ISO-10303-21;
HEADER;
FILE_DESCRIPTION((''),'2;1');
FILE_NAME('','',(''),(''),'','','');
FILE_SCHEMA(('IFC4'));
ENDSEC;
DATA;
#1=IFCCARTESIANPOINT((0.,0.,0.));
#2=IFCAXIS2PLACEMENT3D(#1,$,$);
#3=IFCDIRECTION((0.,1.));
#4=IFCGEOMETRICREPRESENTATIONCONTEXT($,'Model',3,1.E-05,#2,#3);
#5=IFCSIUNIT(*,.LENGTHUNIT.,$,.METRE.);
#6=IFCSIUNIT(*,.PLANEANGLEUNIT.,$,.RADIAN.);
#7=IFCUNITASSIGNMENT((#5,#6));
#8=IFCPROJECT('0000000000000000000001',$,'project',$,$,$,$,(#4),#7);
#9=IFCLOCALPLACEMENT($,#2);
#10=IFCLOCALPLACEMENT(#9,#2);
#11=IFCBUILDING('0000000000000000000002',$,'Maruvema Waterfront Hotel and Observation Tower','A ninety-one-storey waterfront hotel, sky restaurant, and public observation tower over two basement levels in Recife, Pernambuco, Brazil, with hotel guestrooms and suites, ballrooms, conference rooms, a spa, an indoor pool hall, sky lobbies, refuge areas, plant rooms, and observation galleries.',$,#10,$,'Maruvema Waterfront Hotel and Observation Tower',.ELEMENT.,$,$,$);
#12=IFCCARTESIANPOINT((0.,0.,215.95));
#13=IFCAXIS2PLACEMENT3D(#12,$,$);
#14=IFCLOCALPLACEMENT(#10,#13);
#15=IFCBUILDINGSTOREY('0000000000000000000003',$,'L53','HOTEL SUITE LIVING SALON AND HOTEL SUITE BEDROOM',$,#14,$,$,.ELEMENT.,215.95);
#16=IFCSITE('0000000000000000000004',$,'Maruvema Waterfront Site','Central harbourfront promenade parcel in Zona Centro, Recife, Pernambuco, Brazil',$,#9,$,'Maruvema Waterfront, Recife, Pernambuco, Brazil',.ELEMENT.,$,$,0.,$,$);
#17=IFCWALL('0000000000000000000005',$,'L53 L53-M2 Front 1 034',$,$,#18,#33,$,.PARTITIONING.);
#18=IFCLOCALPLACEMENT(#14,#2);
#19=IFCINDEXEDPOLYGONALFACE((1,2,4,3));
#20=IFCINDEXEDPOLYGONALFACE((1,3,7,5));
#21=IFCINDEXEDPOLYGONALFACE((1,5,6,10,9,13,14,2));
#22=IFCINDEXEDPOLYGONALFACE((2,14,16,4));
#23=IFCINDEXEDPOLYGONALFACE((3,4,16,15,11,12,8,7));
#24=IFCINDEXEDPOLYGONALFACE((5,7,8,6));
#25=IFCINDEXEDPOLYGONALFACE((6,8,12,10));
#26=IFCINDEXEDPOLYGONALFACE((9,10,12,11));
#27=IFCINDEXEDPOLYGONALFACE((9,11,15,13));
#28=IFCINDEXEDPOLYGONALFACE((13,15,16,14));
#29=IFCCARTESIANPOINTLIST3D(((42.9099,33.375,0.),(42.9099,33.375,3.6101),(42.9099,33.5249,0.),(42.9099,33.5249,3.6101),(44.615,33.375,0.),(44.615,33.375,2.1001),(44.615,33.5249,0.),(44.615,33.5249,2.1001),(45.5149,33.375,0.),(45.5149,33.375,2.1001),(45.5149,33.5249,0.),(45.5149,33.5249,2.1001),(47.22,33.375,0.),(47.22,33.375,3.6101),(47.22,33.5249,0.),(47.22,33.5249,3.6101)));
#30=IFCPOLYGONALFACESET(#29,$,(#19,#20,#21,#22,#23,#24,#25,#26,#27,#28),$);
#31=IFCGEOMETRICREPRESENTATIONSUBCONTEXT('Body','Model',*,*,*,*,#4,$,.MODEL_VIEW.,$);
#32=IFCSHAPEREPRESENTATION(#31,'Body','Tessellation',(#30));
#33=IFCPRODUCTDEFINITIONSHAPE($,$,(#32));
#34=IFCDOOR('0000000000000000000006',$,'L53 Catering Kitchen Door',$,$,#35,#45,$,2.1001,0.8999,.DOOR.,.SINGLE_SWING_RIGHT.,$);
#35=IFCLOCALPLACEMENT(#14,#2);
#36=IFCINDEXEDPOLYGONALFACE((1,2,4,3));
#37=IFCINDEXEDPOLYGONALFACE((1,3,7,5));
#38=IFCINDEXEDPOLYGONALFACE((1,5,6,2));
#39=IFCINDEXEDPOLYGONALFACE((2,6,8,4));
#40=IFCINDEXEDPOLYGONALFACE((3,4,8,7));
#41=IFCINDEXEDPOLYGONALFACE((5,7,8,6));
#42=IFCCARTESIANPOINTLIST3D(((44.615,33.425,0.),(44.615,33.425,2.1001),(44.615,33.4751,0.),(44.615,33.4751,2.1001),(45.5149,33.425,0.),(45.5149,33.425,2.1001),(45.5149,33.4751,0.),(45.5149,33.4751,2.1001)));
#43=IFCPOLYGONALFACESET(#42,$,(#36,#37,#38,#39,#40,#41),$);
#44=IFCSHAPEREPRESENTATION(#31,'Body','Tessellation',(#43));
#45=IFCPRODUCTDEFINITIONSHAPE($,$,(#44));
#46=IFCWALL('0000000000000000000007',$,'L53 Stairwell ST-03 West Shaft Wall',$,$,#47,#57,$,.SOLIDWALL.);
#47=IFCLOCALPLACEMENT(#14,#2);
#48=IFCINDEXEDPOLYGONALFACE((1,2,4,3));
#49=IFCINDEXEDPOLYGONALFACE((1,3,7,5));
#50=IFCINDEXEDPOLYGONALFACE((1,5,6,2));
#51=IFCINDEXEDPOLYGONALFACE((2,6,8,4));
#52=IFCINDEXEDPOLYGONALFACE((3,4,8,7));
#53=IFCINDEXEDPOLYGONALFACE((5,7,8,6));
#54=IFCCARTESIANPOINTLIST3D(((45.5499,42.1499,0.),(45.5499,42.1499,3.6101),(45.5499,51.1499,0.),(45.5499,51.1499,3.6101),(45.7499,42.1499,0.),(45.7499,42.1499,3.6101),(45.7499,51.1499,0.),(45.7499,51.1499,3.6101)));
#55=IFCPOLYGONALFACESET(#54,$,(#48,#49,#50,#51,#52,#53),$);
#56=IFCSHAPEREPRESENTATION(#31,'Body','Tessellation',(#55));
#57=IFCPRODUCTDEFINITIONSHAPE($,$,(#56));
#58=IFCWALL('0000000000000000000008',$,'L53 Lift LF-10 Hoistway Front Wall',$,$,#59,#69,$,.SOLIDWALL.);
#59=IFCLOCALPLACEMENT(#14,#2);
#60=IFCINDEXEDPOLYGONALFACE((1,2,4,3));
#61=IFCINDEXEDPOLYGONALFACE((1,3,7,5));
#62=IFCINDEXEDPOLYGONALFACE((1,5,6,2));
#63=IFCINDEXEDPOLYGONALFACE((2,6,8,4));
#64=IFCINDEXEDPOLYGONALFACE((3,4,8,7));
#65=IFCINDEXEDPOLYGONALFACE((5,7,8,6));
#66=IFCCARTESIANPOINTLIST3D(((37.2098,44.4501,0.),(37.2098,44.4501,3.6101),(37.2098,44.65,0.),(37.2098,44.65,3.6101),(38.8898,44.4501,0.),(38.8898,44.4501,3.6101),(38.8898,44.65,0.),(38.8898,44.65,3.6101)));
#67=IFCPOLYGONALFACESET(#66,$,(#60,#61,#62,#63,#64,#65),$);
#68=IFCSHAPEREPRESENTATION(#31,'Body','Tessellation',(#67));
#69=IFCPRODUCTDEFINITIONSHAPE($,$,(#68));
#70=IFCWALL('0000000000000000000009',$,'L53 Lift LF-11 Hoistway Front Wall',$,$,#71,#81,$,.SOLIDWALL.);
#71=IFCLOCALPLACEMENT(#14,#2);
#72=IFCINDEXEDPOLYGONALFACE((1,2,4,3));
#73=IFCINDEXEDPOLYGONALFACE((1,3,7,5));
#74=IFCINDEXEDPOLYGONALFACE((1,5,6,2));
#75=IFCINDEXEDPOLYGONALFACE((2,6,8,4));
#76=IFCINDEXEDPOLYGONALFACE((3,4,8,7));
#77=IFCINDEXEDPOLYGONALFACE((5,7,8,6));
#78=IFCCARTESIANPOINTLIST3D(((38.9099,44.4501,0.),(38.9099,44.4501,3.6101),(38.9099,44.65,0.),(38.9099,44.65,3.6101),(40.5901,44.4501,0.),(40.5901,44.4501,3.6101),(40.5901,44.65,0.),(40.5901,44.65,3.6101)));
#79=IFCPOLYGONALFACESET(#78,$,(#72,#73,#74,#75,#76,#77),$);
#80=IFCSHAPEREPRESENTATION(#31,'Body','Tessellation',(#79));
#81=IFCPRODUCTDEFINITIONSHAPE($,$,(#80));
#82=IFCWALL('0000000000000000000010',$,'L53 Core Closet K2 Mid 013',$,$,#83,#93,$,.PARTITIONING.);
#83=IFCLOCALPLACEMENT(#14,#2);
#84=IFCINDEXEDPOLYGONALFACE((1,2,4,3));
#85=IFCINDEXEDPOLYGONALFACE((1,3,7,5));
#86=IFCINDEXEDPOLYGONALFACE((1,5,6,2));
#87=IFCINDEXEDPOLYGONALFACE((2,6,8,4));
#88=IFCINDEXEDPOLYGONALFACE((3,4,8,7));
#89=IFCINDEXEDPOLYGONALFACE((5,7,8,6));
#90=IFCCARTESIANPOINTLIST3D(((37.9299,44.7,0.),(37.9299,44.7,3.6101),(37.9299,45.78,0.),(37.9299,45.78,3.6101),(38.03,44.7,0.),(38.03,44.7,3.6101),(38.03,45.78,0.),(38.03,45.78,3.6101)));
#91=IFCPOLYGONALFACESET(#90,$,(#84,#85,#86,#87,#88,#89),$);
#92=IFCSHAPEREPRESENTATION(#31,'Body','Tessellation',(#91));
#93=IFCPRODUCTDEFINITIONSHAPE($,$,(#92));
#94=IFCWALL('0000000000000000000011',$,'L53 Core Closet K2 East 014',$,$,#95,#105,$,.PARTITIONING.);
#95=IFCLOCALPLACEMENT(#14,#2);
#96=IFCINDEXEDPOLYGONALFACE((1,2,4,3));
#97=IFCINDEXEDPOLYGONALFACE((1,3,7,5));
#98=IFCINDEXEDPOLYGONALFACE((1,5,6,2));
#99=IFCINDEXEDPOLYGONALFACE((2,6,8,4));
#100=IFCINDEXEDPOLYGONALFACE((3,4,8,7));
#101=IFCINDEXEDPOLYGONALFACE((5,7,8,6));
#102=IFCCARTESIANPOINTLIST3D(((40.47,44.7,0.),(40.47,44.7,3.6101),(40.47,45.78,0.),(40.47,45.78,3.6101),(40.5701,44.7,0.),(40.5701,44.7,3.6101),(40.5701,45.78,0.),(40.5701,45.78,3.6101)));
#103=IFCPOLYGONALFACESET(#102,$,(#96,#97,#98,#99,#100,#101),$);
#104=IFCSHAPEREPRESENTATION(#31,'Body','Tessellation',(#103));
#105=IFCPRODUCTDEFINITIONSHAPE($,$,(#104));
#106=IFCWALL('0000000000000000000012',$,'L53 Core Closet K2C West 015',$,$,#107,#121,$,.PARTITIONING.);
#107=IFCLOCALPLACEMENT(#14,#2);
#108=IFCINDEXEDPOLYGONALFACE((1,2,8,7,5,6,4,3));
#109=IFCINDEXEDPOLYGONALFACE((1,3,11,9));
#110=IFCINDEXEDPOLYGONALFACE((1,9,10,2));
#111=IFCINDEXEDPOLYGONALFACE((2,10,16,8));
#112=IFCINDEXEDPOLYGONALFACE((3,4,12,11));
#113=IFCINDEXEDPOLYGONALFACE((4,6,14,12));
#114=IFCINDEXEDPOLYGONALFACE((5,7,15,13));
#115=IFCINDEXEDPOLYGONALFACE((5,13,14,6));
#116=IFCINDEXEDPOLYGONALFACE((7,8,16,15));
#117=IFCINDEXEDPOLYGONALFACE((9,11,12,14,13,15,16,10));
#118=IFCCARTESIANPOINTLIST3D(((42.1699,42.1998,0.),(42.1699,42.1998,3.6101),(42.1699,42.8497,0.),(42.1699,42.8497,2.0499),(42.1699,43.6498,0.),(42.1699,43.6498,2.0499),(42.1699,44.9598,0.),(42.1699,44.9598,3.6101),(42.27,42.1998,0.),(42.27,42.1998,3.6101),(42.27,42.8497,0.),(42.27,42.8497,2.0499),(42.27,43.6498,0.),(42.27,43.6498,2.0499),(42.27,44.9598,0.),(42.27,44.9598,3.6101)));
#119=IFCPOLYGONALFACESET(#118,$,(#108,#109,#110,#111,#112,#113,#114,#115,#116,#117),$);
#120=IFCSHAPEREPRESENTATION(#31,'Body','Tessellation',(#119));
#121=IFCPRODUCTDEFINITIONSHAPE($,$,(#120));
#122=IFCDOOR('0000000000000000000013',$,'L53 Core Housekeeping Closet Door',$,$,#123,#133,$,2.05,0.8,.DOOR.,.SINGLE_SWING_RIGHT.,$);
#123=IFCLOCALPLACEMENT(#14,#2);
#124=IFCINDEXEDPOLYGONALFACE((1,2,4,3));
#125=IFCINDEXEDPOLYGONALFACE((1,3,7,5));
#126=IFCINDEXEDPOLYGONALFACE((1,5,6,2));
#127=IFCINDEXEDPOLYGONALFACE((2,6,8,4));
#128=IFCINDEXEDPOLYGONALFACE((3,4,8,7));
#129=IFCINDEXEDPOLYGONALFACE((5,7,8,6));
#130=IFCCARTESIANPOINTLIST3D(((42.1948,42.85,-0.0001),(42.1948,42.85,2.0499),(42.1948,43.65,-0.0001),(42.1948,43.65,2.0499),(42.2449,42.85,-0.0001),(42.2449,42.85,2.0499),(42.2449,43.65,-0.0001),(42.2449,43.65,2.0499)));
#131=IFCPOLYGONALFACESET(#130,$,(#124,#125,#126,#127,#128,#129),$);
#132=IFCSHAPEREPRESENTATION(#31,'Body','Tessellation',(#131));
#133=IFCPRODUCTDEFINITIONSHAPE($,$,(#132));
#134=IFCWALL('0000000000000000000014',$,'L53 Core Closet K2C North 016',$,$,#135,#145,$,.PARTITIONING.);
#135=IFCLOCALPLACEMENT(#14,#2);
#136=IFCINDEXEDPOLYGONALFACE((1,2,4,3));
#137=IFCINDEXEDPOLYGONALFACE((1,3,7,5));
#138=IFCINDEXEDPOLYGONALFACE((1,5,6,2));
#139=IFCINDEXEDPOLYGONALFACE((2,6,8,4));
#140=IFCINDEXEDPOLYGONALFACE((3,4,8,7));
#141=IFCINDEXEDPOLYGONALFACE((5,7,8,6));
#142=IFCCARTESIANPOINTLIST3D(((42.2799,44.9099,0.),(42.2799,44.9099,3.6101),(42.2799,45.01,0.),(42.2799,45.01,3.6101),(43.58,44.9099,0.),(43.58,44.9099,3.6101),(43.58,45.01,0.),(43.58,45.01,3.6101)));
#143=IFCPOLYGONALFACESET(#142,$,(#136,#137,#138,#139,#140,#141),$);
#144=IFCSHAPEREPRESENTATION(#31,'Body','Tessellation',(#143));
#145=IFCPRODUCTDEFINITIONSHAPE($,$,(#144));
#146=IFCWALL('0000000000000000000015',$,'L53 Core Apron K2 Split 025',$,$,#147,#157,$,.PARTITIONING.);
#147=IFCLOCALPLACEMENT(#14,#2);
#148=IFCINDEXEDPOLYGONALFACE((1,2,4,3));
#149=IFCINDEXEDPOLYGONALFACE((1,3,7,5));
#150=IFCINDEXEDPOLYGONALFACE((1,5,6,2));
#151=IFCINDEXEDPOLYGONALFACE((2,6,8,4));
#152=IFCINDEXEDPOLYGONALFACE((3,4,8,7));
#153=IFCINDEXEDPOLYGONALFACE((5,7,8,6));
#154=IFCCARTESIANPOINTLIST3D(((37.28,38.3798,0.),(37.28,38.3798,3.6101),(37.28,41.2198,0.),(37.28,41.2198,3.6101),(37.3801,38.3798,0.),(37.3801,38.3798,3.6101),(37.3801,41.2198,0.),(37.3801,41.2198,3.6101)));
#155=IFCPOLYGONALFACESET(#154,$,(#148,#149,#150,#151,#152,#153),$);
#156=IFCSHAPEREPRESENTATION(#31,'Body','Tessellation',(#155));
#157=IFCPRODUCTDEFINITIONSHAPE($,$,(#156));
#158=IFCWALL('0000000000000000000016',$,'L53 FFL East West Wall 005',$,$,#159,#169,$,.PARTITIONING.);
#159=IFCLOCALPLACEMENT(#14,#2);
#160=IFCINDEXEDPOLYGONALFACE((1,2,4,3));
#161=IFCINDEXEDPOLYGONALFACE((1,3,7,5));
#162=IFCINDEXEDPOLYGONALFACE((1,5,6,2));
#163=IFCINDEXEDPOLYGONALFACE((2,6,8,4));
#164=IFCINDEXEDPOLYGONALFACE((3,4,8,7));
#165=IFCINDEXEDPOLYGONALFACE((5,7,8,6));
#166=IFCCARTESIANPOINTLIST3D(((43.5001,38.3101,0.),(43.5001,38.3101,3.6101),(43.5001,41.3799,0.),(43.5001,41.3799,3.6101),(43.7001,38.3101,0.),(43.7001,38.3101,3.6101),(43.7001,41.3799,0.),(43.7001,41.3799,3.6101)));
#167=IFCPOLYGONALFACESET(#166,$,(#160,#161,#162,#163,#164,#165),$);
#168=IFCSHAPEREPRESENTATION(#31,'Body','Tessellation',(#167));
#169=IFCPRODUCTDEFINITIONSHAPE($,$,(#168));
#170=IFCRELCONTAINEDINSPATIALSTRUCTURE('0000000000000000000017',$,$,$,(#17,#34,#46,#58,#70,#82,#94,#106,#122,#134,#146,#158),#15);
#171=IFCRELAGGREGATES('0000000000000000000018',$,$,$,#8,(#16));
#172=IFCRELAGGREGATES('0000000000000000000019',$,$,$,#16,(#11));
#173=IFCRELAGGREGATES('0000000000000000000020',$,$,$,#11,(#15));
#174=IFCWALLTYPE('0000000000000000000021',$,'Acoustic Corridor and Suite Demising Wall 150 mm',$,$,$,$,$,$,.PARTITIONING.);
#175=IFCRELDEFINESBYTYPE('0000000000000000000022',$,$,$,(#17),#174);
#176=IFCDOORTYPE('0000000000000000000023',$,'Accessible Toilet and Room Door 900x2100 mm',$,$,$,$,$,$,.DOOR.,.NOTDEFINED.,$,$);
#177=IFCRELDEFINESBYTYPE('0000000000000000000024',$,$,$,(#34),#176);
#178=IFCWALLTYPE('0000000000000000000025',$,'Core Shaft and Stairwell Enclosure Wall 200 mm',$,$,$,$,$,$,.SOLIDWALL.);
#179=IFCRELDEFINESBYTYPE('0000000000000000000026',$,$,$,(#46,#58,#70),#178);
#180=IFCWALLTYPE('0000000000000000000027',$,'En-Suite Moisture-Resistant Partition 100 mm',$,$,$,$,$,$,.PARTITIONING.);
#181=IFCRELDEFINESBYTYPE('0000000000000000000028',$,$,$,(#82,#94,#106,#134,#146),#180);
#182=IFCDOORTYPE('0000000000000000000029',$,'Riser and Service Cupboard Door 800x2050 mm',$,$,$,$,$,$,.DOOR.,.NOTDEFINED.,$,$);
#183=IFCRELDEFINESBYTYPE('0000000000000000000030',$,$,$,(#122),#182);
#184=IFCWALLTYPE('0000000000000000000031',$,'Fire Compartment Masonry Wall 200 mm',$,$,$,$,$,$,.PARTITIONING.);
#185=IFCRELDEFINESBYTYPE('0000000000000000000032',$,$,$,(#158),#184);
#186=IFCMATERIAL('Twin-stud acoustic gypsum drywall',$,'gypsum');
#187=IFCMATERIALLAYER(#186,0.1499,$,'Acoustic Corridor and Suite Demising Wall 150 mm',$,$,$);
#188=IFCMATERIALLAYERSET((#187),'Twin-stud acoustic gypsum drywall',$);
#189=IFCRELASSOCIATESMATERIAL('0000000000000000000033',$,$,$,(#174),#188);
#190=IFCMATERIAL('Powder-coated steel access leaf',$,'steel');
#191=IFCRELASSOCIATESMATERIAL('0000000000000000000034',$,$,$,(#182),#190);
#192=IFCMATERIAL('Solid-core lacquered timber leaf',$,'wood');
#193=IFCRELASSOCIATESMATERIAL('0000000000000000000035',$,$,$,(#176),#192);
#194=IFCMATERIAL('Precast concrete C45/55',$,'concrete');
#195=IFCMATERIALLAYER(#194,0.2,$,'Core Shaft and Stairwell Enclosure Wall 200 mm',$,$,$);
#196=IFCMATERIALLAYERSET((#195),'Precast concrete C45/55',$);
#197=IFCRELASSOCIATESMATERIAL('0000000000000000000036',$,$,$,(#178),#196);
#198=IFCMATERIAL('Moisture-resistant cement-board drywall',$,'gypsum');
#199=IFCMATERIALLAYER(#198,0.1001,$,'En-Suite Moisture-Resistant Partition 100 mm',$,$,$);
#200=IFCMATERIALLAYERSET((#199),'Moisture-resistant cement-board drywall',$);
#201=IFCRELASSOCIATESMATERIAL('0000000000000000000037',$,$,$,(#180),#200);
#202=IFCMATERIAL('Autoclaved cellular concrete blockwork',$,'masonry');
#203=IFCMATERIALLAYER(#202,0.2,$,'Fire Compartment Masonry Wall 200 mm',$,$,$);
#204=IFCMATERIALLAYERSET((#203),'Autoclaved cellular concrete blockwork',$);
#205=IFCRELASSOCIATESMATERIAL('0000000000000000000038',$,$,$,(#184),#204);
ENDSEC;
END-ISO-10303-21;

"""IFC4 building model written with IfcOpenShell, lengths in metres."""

from ifc_helpers import new_model, si_unit, direction, frame, frame_2d, origin, place, context, subcontext, project, spatial, rectangle, extrude, material, layer, layer_set, type_object, element, fill, save


model = new_model("IFC4")

# Units and contexts
model_context = context("Model", 3, precision=1e-05, world=origin(), true_north=direction((0.0, 1.0)))
body_context = subcontext(model_context, "Body", "Model", "MODEL_VIEW")
ifc_project = project(units=[si_unit("LENGTHUNIT", "METRE"), si_unit("PLANEANGLEUNIT", "RADIAN")], contexts=[model_context])

# Site, building, storey
site_placement = place(None, origin())
site = spatial("IfcSite", under=ifc_project, at=site_placement, Name="Maruvema Waterfront Site", Description="Central harbourfront promenade parcel in Zona Centro, Recife, Pernambuco, Brazil", LongName="Maruvema Waterfront, Recife, Pernambuco, Brazil", CompositionType="ELEMENT", RefElevation=0.0)
building_placement = place(site_placement, origin())
building = spatial("IfcBuilding", under=site, at=building_placement, Name="Maruvema Waterfront Hotel and Observation Tower", Description="A ninety-one-storey waterfront hotel, sky restaurant, and public observation tower over two basement levels in Recife, Pernambuco, Brazil, with hotel guestrooms and suites, ballrooms, conference rooms, a spa, an indoor pool hall, sky lobbies, refuge areas, plant rooms, and observation galleries.", LongName="Maruvema Waterfront Hotel and Observation Tower", CompositionType="ELEMENT")
storey_placement = place(building_placement, frame((0.0, 0.0, 215.95)))
storey = spatial("IfcBuildingStorey", under=building, at=storey_placement, Name="L53", Description="HOTEL SUITE LIVING SALON AND HOTEL SUITE BEDROOM", CompositionType="ELEMENT", Elevation=215.95)

# Shared definitions
ifc_material_1 = material(Name="Twin-stud acoustic gypsum drywall", Category="gypsum")
ifc_layer_1 = layer(ifc_material_1, 0.1499, Name="Acoustic Corridor and Suite Demising Wall 150 mm")
ifc_layer_set_1 = layer_set([ifc_layer_1], Name="Twin-stud acoustic gypsum drywall")
wall_type_1 = type_object("IfcWallType", Name="Acoustic Corridor and Suite Demising Wall 150 mm", PredefinedType="PARTITIONING", material=ifc_layer_set_1)
ifc_material_2 = material(Name="Powder-coated steel access leaf", Category="steel")
door_type_1 = type_object("IfcDoorType", Name="Riser and Service Cupboard Door 800x2050 mm", OperationType="NOTDEFINED", PredefinedType="DOOR", material=ifc_material_2)

# Wall, opening, door
wall_1_placement = place(storey_placement, frame((42.9099, 33.45, 0.0), z_axis=(0.0, 0.0, 1.0), x_axis=(1.0, 0.0, 0.0)))
wall_1 = element("IfcWall", 1, at=wall_1_placement, inside=storey, type_object=wall_type_1, Name="L53 L53-M2 Front 1 034", PredefinedType="PARTITIONING", context=body_context, shape_type="SweptSolid", body=[
    extrude(rectangle(XDim=4.3101, YDim=0.1499, at=frame_2d((2.155, 0.0))), origin(), (0.0, 0.0, 1.0), 3.6101),
])
opening_1_placement = place(wall_1_placement, frame((1.7051, 0.0, 0.0)))
opening_1 = element("IfcOpeningElement", 2, at=opening_1_placement, cuts=wall_1, PredefinedType="OPENING", context=body_context, shape_type="SweptSolid", body=[
    extrude(rectangle(XDim=0.8999, YDim=2.1001, at=frame_2d((0.45, 1.05))), frame((0.0, 0.085, 0.0), z_axis=(0.0, -1.0, 0.0), x_axis=(1.0, 0.0, 0.0)), (0.0, 0.0, 1.0), 0.1699),
])
ifc_material_3 = material(Name="Solid-core lacquered timber leaf", Category="wood")
door_type_2 = type_object("IfcDoorType", Name="Accessible Toilet and Room Door 900x2100 mm", OperationType="NOTDEFINED", PredefinedType="DOOR", material=ifc_material_3)
door_1_placement = place(opening_1_placement, frame((0.8999, 0.0, 0.0), z_axis=(0.0, 0.0, 1.0), x_axis=(-1.0, 0.0, 0.0)))
door_1 = element("IfcDoor", 3, at=door_1_placement, inside=storey, type_object=door_type_2, Name="L53 Catering Kitchen Door", OperationType="SINGLE_SWING_RIGHT", OverallHeight=2.1001, OverallWidth=0.8999, PredefinedType="DOOR", context=body_context, shape_type="SweptSolid", body=[
    extrude(rectangle(XDim=0.8999, YDim=2.1001, at=frame_2d((0.45, 1.05))), frame((0.0, 0.0249, 0.0), z_axis=(0.0, -1.0, 0.0), x_axis=(1.0, 0.0, 0.0)), (0.0, 0.0, 1.0), 0.05),
])
fill(opening_1, door_1)

# Walls
ifc_material_4 = material(Name="Precast concrete C45/55", Category="concrete")
ifc_layer_2 = layer(ifc_material_4, 0.2, Name="Core Shaft and Stairwell Enclosure Wall 200 mm")
ifc_layer_set_2 = layer_set([ifc_layer_2], Name="Precast concrete C45/55")
wall_type_2 = type_object("IfcWallType", Name="Core Shaft and Stairwell Enclosure Wall 200 mm", PredefinedType="SOLIDWALL", material=ifc_layer_set_2)
wall_2_placement = place(storey_placement, frame((45.6499, 42.1499, 0.0), z_axis=(0.0, 0.0, 1.0), x_axis=(0.0, 1.0, 0.0)))
element("IfcWall", 4, at=wall_2_placement, inside=storey, type_object=wall_type_2, Name="L53 Stairwell ST-03 West Shaft Wall", PredefinedType="SOLIDWALL", context=body_context, shape_type="SweptSolid", body=[
    extrude(rectangle(XDim=9.0, YDim=0.2, at=frame_2d((4.5, 0.0))), origin(), (0.0, 0.0, 1.0), 3.6101),
])
wall_3_placement = place(storey_placement, frame((37.21, 44.55, 0.0), z_axis=(0.0, 0.0, 1.0), x_axis=(1.0, 0.0, 0.0)))
element("IfcWall", 5, at=wall_3_placement, inside=storey, type_object=wall_type_2, Name="L53 Lift LF-10 Hoistway Front Wall", PredefinedType="SOLIDWALL", context=body_context, shape_type="SweptSolid", body=[
    extrude(rectangle(XDim=1.6799, YDim=0.2, at=frame_2d((0.8398, 0.0))), origin(), (0.0, 0.0, 1.0), 3.6101),
])
wall_4_placement = place(storey_placement, frame((38.9099, 44.55, 0.0), z_axis=(0.0, 0.0, 1.0), x_axis=(1.0, 0.0, 0.0)))
element("IfcWall", 6, at=wall_4_placement, inside=storey, type_object=wall_type_2, Name="L53 Lift LF-11 Hoistway Front Wall", PredefinedType="SOLIDWALL", context=body_context, shape_type="SweptSolid", body=[
    extrude(rectangle(XDim=1.6802, YDim=0.2, at=frame_2d((0.8401, 0.0))), origin(), (0.0, 0.0, 1.0), 3.6101),
])

# Walls
ifc_material_5 = material(Name="Moisture-resistant cement-board drywall", Category="gypsum")
ifc_layer_3 = layer(ifc_material_5, 0.1001, Name="En-Suite Moisture-Resistant Partition 100 mm")
ifc_layer_set_3 = layer_set([ifc_layer_3], Name="Moisture-resistant cement-board drywall")
wall_type_3 = type_object("IfcWallType", Name="En-Suite Moisture-Resistant Partition 100 mm", PredefinedType="PARTITIONING", material=ifc_layer_set_3)
for number, where, z_axis, x_axis, name in (
    (7, (37.98, 44.7, 0.0), (0.0, 0.0, 1.0), (0.0, 1.0, 0.0), "L53 Core Closet K2 Mid 013"),
    (8, (40.52, 44.7, 0.0), (0.0, 0.0, 1.0), (0.0, 1.0, 0.0), "L53 Core Closet K2 East 014"),
):
    element("IfcWall", number, at=place(storey_placement, frame(where, z_axis=z_axis, x_axis=x_axis)), inside=storey, type_object=wall_type_3, Name=name, PredefinedType="PARTITIONING", context=body_context, shape_type="SweptSolid", body=[
        extrude(rectangle(XDim=1.0801, YDim=0.1001, at=frame_2d((0.54, 0.0))), origin(), (0.0, 0.0, 1.0), 3.6101),
    ])

# Wall, opening, door
wall_5_placement = place(storey_placement, frame((42.22, 42.2, 0.0), z_axis=(0.0, 0.0, 1.0), x_axis=(0.0, 1.0, 0.0)))
wall_5 = element("IfcWall", 9, at=wall_5_placement, inside=storey, type_object=wall_type_3, Name="L53 Core Closet K2C West 015", PredefinedType="PARTITIONING", context=body_context, shape_type="SweptSolid", body=[
    extrude(rectangle(XDim=2.76, YDim=0.1001, at=frame_2d((1.3799, 0.0))), origin(), (0.0, 0.0, 1.0), 3.6101),
])
opening_2_placement = place(wall_5_placement, frame((0.6499, 0.0, 0.0)))
opening_2 = element("IfcOpeningElement", 10, at=opening_2_placement, cuts=wall_5, PredefinedType="OPENING", context=body_context, shape_type="SweptSolid", body=[
    extrude(rectangle(XDim=0.8, YDim=2.05, at=frame_2d((0.3999, 1.0249))), frame((0.0, 0.0601, 0.0), z_axis=(0.0, -1.0, 0.0), x_axis=(1.0, 0.0, 0.0)), (0.0, 0.0, 1.0), 0.1201),
])
door_2_placement = place(opening_2_placement, frame((0.8, 0.0, 0.0), z_axis=(0.0, 0.0, 1.0), x_axis=(-1.0, 0.0, 0.0)))
door_2 = element("IfcDoor", 11, at=door_2_placement, inside=storey, type_object=door_type_1, Name="L53 Core Housekeeping Closet Door", OperationType="SINGLE_SWING_RIGHT", OverallHeight=2.05, OverallWidth=0.8, PredefinedType="DOOR", context=body_context, shape_type="SweptSolid", body=[
    extrude(rectangle(XDim=0.8, YDim=2.05, at=frame_2d((0.3999, 1.0249))), frame((0.0, 0.0249, 0.0), z_axis=(0.0, -1.0, 0.0), x_axis=(1.0, 0.0, 0.0)), (0.0, 0.0, 1.0), 0.05),
])
fill(opening_2, door_2)

# Walls
wall_6_placement = place(storey_placement, frame((42.28, 44.96, 0.0), z_axis=(0.0, 0.0, 1.0), x_axis=(1.0, 0.0, 0.0)))
element("IfcWall", 12, at=wall_6_placement, inside=storey, type_object=wall_type_3, Name="L53 Core Closet K2C North 016", PredefinedType="PARTITIONING", context=body_context, shape_type="SweptSolid", body=[
    extrude(rectangle(XDim=1.3, YDim=0.1001, at=frame_2d((0.6499, 0.0))), origin(), (0.0, 0.0, 1.0), 3.6101),
])
wall_7_placement = place(storey_placement, frame((37.3301, 38.3799, 0.0), z_axis=(0.0, 0.0, 1.0), x_axis=(0.0, 1.0, 0.0)))
element("IfcWall", 13, at=wall_7_placement, inside=storey, type_object=wall_type_3, Name="L53 Core Apron K2 Split 025", PredefinedType="PARTITIONING", context=body_context, shape_type="SweptSolid", body=[
    extrude(rectangle(XDim=2.8401, YDim=0.1001, at=frame_2d((1.4199, 0.0))), origin(), (0.0, 0.0, 1.0), 3.6101),
])

# Shared definitions
ifc_material_6 = material(Name="Autoclaved cellular concrete blockwork", Category="masonry")
ifc_layer_4 = layer(ifc_material_6, 0.2, Name="Fire Compartment Masonry Wall 200 mm")
ifc_layer_set_4 = layer_set([ifc_layer_4], Name="Autoclaved cellular concrete blockwork")
wall_type_4 = type_object("IfcWallType", Name="Fire Compartment Masonry Wall 200 mm", PredefinedType="PARTITIONING", material=ifc_layer_set_4)

# Wall
wall_8_placement = place(storey_placement, frame((43.6001, 38.3101, 0.0), z_axis=(0.0, 0.0, 1.0), x_axis=(0.0, 1.0, 0.0)))
element("IfcWall", 14, at=wall_8_placement, inside=storey, type_object=wall_type_4, Name="L53 FFL East West Wall 005", PredefinedType="PARTITIONING", context=body_context, shape_type="SweptSolid", body=[
    extrude(rectangle(XDim=3.0698, YDim=0.2, at=frame_2d((1.5349, 0.0))), origin(), (0.0, 0.0, 1.0), 3.6101),
])

save(model, "model.ifc")
